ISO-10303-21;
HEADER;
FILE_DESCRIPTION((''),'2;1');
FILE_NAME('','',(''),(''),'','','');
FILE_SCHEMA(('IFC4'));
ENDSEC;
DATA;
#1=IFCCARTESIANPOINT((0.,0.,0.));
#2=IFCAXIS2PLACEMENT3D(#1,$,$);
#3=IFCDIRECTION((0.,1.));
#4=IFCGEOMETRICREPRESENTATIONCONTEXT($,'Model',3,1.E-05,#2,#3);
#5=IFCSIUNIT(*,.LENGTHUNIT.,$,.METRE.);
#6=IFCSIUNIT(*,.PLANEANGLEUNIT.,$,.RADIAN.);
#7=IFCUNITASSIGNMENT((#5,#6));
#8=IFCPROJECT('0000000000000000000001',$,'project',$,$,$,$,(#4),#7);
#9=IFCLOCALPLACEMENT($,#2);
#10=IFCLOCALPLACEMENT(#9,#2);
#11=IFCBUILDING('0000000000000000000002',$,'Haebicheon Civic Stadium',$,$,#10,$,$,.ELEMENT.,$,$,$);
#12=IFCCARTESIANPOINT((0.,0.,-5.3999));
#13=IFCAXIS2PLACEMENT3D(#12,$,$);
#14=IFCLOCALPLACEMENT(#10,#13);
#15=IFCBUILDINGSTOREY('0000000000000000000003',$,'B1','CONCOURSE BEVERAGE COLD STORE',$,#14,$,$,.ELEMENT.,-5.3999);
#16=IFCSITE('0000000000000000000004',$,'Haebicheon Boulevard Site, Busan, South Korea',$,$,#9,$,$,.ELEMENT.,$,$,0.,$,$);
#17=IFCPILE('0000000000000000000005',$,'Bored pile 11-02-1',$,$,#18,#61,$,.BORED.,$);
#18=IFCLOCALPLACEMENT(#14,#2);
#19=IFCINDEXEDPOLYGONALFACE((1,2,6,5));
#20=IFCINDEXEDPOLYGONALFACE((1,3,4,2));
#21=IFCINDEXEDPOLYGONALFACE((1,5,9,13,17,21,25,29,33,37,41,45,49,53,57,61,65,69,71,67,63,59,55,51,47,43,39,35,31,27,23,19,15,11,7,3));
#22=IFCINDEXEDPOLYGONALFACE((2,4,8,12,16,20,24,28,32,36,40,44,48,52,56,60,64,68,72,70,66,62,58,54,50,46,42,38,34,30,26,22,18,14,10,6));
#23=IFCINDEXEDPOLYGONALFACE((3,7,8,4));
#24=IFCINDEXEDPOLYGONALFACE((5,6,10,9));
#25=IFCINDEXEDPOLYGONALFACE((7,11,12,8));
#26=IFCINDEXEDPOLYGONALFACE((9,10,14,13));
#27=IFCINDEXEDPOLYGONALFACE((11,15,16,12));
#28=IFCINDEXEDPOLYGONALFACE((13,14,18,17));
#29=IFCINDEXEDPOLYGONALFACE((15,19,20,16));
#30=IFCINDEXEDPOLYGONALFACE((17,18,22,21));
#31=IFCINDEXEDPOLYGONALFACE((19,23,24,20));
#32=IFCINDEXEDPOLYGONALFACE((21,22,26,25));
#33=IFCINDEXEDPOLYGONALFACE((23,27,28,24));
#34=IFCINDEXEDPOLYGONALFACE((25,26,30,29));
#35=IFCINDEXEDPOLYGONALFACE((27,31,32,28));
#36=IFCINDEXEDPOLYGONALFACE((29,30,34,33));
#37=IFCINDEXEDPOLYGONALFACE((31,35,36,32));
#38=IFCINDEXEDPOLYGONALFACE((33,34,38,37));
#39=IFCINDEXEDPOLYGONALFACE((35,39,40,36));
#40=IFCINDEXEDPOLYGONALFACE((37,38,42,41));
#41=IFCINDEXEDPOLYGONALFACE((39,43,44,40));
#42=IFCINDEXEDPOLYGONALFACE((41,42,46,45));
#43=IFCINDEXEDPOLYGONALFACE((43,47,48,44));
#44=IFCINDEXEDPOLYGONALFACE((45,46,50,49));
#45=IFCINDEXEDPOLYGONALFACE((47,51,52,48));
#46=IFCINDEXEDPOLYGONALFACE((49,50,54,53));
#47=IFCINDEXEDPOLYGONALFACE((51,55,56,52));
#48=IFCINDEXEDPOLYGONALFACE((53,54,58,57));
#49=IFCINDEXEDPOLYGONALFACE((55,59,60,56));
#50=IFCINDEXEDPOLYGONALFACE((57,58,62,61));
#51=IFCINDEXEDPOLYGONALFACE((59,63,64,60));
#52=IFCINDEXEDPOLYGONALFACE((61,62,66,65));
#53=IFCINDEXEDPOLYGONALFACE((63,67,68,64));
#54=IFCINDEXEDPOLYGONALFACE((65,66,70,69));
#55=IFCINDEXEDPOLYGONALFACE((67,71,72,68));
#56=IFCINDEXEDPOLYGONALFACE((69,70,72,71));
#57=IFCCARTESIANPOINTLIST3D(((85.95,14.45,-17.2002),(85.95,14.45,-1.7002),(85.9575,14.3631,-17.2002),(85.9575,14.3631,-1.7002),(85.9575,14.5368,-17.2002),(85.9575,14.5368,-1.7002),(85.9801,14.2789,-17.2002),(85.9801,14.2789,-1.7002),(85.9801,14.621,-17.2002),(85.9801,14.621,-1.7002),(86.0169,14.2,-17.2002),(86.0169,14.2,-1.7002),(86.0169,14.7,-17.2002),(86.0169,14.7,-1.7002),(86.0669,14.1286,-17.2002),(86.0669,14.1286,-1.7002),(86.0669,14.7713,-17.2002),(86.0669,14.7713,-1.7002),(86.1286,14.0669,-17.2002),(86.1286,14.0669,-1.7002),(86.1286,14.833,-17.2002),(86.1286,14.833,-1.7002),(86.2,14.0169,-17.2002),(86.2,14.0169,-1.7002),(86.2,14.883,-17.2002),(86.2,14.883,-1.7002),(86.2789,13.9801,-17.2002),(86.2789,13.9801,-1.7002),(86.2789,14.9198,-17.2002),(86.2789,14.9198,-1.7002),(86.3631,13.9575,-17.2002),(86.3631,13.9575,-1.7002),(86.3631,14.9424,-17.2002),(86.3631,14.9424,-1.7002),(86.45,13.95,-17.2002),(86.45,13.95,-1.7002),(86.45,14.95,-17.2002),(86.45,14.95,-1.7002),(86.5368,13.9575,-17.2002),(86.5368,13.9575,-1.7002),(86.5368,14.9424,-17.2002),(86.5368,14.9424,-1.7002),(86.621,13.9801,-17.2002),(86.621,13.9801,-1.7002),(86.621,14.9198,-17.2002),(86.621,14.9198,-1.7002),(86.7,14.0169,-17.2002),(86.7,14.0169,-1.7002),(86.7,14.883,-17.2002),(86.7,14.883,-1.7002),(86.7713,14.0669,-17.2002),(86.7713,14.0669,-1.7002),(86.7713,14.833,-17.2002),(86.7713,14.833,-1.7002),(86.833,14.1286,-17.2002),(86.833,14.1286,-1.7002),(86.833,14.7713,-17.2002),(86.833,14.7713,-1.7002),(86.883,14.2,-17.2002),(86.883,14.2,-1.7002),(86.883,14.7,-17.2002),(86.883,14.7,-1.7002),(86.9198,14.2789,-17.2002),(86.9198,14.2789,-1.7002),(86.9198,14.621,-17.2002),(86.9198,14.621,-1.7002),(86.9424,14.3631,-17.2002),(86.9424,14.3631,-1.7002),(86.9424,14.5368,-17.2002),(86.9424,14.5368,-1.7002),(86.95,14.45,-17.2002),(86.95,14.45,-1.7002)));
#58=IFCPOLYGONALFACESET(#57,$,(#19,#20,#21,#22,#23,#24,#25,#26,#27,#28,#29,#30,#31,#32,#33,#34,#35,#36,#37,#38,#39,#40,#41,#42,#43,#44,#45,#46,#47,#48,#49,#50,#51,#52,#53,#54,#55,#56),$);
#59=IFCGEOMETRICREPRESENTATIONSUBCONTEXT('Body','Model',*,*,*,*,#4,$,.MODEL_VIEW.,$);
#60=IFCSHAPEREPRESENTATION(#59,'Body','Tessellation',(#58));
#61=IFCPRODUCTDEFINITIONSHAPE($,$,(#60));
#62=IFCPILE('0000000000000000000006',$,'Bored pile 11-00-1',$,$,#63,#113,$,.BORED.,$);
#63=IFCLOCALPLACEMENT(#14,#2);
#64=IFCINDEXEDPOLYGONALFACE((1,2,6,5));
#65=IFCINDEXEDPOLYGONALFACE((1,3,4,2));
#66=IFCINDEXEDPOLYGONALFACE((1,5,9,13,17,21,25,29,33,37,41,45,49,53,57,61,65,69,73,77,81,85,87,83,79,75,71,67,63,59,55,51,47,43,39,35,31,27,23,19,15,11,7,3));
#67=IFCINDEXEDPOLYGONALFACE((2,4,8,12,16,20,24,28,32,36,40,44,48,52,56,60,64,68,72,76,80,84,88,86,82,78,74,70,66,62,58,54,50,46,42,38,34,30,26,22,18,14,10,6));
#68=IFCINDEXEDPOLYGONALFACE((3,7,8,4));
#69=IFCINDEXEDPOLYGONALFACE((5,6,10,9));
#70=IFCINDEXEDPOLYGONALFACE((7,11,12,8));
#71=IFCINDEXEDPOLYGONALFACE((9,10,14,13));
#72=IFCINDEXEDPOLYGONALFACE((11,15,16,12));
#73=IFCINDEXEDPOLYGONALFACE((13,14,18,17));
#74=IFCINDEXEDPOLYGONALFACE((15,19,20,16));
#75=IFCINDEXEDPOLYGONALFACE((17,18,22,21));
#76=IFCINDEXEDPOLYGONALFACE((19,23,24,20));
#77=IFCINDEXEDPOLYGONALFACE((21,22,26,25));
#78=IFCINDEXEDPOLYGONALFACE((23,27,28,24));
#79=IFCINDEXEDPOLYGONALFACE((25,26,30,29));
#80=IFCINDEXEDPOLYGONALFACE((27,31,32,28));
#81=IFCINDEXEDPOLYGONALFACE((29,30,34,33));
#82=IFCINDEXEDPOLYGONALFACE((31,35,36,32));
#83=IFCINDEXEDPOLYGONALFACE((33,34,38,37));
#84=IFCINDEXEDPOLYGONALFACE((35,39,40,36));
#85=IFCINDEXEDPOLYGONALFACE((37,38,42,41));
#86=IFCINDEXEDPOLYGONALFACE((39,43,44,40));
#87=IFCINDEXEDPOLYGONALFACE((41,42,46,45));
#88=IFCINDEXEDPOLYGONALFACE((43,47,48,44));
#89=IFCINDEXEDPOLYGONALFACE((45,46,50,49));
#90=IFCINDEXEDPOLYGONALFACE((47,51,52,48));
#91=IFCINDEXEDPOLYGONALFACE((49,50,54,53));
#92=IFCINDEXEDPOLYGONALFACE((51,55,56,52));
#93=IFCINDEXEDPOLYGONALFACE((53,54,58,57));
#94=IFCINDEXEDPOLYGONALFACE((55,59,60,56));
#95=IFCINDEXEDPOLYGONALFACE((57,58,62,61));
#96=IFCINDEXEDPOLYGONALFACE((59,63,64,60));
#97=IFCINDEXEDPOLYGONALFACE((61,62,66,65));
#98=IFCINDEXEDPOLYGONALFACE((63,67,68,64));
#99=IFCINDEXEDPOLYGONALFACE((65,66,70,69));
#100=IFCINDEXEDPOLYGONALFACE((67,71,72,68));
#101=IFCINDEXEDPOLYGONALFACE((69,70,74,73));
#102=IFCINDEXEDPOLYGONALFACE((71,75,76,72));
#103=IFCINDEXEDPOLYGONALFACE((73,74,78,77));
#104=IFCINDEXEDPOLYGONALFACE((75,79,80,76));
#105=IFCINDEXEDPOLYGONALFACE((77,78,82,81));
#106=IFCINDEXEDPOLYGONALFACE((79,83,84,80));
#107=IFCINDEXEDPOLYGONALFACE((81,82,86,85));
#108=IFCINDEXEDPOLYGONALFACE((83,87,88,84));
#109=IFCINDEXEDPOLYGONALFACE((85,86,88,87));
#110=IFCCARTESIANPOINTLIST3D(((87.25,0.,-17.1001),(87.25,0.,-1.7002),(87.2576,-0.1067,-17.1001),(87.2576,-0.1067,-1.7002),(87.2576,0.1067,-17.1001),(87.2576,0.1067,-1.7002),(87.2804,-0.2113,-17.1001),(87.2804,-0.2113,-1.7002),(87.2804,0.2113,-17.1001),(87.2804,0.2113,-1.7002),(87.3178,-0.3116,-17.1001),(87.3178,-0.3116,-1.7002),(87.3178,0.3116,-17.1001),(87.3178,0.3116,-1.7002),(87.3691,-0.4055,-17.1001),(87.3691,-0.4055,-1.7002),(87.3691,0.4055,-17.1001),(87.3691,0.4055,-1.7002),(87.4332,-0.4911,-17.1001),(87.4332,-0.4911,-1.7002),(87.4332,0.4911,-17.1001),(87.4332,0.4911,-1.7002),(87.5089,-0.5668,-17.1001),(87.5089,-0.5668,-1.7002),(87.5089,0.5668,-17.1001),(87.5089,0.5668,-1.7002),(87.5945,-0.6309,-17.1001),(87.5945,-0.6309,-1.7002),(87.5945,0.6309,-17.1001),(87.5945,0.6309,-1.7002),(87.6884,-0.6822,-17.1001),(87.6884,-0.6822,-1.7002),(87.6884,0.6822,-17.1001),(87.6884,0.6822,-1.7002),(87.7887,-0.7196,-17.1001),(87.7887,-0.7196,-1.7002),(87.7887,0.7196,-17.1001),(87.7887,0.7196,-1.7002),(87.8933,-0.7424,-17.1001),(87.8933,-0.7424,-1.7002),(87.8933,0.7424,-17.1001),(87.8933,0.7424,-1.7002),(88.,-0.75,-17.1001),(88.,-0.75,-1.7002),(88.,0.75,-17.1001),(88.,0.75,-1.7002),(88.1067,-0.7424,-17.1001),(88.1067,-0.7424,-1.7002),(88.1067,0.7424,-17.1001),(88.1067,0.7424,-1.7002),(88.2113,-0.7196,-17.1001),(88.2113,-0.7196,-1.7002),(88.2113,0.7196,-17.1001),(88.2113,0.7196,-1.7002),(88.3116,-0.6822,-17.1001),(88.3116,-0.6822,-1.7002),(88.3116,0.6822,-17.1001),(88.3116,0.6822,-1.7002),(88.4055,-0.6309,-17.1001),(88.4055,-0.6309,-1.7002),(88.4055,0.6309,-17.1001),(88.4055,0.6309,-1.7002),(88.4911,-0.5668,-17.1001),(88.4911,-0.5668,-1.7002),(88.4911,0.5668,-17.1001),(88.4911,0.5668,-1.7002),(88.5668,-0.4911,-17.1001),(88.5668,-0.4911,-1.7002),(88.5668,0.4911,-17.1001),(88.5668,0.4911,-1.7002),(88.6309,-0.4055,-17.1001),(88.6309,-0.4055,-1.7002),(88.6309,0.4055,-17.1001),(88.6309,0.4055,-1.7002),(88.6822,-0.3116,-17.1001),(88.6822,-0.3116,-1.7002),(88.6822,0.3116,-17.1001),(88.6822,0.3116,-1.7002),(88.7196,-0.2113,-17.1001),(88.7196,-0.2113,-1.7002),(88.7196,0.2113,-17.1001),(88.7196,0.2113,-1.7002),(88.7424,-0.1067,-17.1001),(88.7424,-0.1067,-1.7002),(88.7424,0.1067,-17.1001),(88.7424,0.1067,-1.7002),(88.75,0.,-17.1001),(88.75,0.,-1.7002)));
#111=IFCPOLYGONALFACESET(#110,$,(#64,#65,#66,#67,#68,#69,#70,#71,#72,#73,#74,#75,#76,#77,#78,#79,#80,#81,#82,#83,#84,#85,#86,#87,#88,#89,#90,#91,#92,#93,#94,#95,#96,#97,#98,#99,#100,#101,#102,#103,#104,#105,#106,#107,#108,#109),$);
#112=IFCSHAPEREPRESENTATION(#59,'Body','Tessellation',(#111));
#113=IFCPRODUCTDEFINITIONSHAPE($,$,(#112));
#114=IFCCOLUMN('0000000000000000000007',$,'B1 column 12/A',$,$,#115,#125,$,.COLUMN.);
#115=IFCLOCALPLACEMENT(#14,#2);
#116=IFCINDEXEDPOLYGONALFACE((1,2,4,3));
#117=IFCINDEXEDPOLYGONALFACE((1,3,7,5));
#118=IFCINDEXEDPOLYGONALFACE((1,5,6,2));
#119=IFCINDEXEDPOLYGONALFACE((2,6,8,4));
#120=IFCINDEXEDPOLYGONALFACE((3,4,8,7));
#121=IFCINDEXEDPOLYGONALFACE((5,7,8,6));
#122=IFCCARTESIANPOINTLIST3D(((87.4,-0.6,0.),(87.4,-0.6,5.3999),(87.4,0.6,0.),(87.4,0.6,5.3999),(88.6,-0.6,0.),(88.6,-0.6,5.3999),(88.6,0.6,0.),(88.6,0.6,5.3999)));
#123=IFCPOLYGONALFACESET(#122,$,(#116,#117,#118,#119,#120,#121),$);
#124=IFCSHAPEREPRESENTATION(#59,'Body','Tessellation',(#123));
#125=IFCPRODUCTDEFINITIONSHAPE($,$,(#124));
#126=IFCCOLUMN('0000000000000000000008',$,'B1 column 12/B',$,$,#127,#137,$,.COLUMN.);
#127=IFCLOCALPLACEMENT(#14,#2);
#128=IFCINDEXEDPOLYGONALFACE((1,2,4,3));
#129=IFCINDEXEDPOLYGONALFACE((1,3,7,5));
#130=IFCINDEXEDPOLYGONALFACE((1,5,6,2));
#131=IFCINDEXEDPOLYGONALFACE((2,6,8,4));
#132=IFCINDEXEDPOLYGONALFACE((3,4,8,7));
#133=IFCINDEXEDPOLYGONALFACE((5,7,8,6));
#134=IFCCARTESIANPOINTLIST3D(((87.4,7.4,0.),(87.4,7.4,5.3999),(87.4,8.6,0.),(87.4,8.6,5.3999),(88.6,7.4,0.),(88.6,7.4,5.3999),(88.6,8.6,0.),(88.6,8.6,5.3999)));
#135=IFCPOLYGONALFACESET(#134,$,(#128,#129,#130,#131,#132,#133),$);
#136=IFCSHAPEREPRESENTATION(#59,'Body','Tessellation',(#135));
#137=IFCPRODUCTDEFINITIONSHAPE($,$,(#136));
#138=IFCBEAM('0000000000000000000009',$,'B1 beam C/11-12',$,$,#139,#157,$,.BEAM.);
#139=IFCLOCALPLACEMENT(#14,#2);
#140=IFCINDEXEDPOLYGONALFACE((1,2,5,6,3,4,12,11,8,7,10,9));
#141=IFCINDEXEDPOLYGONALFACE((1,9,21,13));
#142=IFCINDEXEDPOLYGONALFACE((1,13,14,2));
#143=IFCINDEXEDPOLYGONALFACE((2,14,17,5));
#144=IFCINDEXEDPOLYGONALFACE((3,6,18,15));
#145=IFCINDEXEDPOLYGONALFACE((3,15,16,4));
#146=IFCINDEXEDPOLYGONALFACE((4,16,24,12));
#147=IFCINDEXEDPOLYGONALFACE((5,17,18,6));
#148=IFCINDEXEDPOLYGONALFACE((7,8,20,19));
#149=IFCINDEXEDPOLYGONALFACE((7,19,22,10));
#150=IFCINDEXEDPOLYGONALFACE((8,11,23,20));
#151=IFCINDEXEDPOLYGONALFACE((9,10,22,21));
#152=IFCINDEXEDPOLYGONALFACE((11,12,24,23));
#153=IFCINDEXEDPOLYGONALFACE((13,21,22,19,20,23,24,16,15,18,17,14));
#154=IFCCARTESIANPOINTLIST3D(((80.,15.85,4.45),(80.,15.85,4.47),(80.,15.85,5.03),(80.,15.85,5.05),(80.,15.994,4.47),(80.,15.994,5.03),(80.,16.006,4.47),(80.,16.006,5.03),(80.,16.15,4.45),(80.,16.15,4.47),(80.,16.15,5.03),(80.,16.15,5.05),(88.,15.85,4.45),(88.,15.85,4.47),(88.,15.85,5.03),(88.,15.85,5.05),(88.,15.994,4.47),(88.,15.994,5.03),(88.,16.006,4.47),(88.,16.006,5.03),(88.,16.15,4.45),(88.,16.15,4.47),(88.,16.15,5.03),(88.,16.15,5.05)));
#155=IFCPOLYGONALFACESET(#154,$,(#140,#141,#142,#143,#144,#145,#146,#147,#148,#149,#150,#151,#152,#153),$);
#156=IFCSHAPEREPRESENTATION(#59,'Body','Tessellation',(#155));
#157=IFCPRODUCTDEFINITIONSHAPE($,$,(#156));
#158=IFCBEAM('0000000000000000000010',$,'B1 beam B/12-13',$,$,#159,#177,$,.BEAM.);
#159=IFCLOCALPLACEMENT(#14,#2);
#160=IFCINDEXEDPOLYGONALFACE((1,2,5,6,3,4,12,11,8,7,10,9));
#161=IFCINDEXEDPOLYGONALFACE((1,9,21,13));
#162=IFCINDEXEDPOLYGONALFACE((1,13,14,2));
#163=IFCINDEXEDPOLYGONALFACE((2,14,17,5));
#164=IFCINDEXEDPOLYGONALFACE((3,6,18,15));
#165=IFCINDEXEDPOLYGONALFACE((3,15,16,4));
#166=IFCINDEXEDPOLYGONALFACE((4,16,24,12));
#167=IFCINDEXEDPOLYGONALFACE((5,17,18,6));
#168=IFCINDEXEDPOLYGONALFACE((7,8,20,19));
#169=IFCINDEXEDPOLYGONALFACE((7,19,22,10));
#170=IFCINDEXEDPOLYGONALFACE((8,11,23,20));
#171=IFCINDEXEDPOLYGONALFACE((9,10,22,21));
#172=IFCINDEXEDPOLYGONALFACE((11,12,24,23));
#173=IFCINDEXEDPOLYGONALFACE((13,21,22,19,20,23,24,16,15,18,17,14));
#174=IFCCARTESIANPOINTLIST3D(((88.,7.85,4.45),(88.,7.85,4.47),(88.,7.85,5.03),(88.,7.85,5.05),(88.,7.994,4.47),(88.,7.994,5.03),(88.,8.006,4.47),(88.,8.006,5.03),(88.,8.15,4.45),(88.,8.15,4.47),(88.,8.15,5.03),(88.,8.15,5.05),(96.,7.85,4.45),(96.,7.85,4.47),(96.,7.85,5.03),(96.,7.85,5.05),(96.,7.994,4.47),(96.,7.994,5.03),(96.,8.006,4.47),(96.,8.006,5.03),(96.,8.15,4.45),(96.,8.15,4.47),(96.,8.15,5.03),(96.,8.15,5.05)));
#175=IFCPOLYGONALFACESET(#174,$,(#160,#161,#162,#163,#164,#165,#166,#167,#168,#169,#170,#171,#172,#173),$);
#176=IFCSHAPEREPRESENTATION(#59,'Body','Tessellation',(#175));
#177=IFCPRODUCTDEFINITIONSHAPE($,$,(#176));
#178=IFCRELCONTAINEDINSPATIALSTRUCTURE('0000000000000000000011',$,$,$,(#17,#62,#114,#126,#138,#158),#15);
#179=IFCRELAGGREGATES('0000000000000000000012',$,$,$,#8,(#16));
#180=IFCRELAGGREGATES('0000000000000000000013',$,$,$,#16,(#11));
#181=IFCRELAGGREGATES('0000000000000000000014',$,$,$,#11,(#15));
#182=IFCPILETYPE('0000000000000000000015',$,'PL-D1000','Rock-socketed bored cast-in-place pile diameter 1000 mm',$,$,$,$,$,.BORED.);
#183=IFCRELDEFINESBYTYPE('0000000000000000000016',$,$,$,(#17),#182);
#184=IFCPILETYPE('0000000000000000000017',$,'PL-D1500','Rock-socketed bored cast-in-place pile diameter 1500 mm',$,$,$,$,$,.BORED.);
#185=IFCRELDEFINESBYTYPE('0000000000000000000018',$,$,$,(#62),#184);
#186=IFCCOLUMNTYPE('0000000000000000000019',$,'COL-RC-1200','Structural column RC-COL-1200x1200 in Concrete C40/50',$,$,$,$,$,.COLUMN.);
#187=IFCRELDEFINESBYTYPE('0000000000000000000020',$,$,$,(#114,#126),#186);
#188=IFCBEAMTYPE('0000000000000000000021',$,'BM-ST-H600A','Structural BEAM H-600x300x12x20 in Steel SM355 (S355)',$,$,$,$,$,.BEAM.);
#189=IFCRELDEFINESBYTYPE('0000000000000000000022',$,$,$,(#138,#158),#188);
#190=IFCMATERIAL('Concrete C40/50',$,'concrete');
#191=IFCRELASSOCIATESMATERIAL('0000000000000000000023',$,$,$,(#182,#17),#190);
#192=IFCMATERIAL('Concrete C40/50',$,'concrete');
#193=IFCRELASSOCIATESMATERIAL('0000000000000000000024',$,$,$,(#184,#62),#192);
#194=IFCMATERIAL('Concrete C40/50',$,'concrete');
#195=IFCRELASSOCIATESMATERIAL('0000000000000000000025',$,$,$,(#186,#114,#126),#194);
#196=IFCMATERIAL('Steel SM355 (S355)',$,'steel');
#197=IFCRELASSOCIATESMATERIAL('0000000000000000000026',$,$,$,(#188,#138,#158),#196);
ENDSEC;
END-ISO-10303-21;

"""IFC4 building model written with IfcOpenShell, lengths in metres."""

from ifc_helpers import new_model, si_unit, direction, frame, origin, origin_2d, place, context, subcontext, project, spatial, rectangle, circle, i_section, extrude, material, material_profile, profile_set, type_object, element, save


model = new_model("IFC4")

# Units and contexts
model_context = context("Model", 3, precision=1e-05, world=origin(), true_north=direction((0.0, 1.0)))
body_context = subcontext(model_context, "Body", "Model", "MODEL_VIEW")
ifc_project = project(units=[si_unit("LENGTHUNIT", "METRE"), si_unit("PLANEANGLEUNIT", "RADIAN")], contexts=[model_context])

# Site, building, storey
site_placement = place(None, origin())
site = spatial("IfcSite", under=ifc_project, at=site_placement, Name="Haebicheon Boulevard Site, Busan, South Korea", CompositionType="ELEMENT", RefElevation=0.0)
building_placement = place(site_placement, origin())
building = spatial("IfcBuilding", under=site, at=building_placement, Name="Haebicheon Civic Stadium", CompositionType="ELEMENT")
storey_placement = place(building_placement, frame((0.0, 0.0, -5.3999)))
storey = spatial("IfcBuildingStorey", under=building, at=storey_placement, Name="B1", Description="CONCOURSE BEVERAGE COLD STORE", CompositionType="ELEMENT", Elevation=-5.3999)

# Piles
ifc_material_1 = material(Name="Concrete C40/50", Category="concrete")
ifc_material_profile_1 = material_profile(ifc_material_1, circle(Radius=0.5, at=origin_2d()), Name="PILE-D1000")
ifc_profile_set_1 = profile_set([ifc_material_profile_1], Name="Concrete C40/50")
pile_type_1 = type_object("IfcPileType", Name="PL-D1000", Description="Rock-socketed bored cast-in-place pile diameter 1000 mm", PredefinedType="BORED", material=ifc_profile_set_1)
pile_1_placement = place(storey_placement, frame((86.45, 14.45, -1.7002), z_axis=(0.0, 0.0, -1.0), x_axis=(1.0, 0.0, 0.0)))
element("IfcPile", 1, at=pile_1_placement, inside=storey, type_object=pile_type_1, material=ifc_profile_set_1, Name="Bored pile 11-02-1", PredefinedType="BORED", context=body_context, shape_type="SweptSolid", body=[
    extrude(circle(Radius=0.5, at=origin_2d()), origin(), (0.0, 0.0, 1.0), 15.5),
])
ifc_material_2 = material(Name="Concrete C40/50", Category="concrete")
ifc_material_profile_2 = material_profile(ifc_material_2, circle(Radius=0.75, at=origin_2d()), Name="PILE-D1500")
ifc_profile_set_2 = profile_set([ifc_material_profile_2], Name="Concrete C40/50")
pile_type_2 = type_object("IfcPileType", Name="PL-D1500", Description="Rock-socketed bored cast-in-place pile diameter 1500 mm", PredefinedType="BORED", material=ifc_profile_set_2)
pile_2_placement = place(storey_placement, frame((88.0, 0.0, -1.7002), z_axis=(0.0, 0.0, -1.0), x_axis=(1.0, 0.0, 0.0)))
element("IfcPile", 2, at=pile_2_placement, inside=storey, type_object=pile_type_2, material=ifc_profile_set_2, Name="Bored pile 11-00-1", PredefinedType="BORED", context=body_context, shape_type="SweptSolid", body=[
    extrude(circle(Radius=0.75, at=origin_2d()), origin(), (0.0, 0.0, 1.0), 15.3999),
])

# Columns
ifc_material_3 = material(Name="Concrete C40/50", Category="concrete")
ifc_material_profile_3 = material_profile(ifc_material_3, rectangle(XDim=1.2, YDim=1.2, at=origin_2d()), Name="RC-COL-1200x1200")
ifc_profile_set_3 = profile_set([ifc_material_profile_3], Name="Concrete C40/50")
column_type = type_object("IfcColumnType", Name="COL-RC-1200", Description="Structural column RC-COL-1200x1200 in Concrete C40/50", PredefinedType="COLUMN", material=ifc_profile_set_3)
for number, where, z_axis, x_axis, name in (
    (3, (88.0, 0.0, 0.0), (0.0, 0.0, 1.0), (1.0, 0.0, 0.0), "B1 column 12/A"),
    (4, (88.0, 8.0, 0.0), (0.0, 0.0, 1.0), (1.0, 0.0, 0.0), "B1 column 12/B"),
):
    element("IfcColumn", number, at=place(storey_placement, frame(where, z_axis=z_axis, x_axis=x_axis)), inside=storey, type_object=column_type, material=ifc_profile_set_3, Name=name, PredefinedType="COLUMN", context=body_context, shape_type="SweptSolid", body=[
        extrude(rectangle(XDim=1.2, YDim=1.2, at=origin_2d()), origin(), (0.0, 0.0, 1.0), 5.3999),
    ])

# Beams
ifc_material_4 = material(Name="Steel SM355 (S355)", Category="steel")
ifc_material_profile_4 = material_profile(ifc_material_4, i_section(OverallWidth=0.3, OverallDepth=0.6001, WebThickness=0.012, FlangeThickness=0.02, at=origin_2d()), Name="H-600x300x12x20")
ifc_profile_set_4 = profile_set([ifc_material_profile_4], Name="Steel SM355 (S355)")
beam_type_1 = type_object("IfcBeamType", Name="BM-ST-H600A", Description="Structural BEAM H-600x300x12x20 in Steel SM355 (S355)", PredefinedType="BEAM", material=ifc_profile_set_4)
for number, where, z_axis, x_axis, name in (
    (5, (80.0, 16.0, 4.75), (1.0, 0.0, 0.0), (0.0, 1.0, 0.0), "B1 beam C/11-12"),
    (6, (88.0, 8.0, 4.75), (1.0, 0.0, 0.0), (0.0, 1.0, 0.0), "B1 beam B/12-13"),
):
    element("IfcBeam", number, at=place(storey_placement, frame(where, z_axis=z_axis, x_axis=x_axis)), inside=storey, type_object=beam_type_1, material=ifc_profile_set_4, Name=name, PredefinedType="BEAM", context=body_context, shape_type="SweptSolid", body=[
        extrude(i_section(OverallWidth=0.3, OverallDepth=0.6001, WebThickness=0.012, FlangeThickness=0.02, at=origin_2d()), origin(), (0.0, 0.0, 1.0), 8.0),
    ])

save(model, "model.ifc")
